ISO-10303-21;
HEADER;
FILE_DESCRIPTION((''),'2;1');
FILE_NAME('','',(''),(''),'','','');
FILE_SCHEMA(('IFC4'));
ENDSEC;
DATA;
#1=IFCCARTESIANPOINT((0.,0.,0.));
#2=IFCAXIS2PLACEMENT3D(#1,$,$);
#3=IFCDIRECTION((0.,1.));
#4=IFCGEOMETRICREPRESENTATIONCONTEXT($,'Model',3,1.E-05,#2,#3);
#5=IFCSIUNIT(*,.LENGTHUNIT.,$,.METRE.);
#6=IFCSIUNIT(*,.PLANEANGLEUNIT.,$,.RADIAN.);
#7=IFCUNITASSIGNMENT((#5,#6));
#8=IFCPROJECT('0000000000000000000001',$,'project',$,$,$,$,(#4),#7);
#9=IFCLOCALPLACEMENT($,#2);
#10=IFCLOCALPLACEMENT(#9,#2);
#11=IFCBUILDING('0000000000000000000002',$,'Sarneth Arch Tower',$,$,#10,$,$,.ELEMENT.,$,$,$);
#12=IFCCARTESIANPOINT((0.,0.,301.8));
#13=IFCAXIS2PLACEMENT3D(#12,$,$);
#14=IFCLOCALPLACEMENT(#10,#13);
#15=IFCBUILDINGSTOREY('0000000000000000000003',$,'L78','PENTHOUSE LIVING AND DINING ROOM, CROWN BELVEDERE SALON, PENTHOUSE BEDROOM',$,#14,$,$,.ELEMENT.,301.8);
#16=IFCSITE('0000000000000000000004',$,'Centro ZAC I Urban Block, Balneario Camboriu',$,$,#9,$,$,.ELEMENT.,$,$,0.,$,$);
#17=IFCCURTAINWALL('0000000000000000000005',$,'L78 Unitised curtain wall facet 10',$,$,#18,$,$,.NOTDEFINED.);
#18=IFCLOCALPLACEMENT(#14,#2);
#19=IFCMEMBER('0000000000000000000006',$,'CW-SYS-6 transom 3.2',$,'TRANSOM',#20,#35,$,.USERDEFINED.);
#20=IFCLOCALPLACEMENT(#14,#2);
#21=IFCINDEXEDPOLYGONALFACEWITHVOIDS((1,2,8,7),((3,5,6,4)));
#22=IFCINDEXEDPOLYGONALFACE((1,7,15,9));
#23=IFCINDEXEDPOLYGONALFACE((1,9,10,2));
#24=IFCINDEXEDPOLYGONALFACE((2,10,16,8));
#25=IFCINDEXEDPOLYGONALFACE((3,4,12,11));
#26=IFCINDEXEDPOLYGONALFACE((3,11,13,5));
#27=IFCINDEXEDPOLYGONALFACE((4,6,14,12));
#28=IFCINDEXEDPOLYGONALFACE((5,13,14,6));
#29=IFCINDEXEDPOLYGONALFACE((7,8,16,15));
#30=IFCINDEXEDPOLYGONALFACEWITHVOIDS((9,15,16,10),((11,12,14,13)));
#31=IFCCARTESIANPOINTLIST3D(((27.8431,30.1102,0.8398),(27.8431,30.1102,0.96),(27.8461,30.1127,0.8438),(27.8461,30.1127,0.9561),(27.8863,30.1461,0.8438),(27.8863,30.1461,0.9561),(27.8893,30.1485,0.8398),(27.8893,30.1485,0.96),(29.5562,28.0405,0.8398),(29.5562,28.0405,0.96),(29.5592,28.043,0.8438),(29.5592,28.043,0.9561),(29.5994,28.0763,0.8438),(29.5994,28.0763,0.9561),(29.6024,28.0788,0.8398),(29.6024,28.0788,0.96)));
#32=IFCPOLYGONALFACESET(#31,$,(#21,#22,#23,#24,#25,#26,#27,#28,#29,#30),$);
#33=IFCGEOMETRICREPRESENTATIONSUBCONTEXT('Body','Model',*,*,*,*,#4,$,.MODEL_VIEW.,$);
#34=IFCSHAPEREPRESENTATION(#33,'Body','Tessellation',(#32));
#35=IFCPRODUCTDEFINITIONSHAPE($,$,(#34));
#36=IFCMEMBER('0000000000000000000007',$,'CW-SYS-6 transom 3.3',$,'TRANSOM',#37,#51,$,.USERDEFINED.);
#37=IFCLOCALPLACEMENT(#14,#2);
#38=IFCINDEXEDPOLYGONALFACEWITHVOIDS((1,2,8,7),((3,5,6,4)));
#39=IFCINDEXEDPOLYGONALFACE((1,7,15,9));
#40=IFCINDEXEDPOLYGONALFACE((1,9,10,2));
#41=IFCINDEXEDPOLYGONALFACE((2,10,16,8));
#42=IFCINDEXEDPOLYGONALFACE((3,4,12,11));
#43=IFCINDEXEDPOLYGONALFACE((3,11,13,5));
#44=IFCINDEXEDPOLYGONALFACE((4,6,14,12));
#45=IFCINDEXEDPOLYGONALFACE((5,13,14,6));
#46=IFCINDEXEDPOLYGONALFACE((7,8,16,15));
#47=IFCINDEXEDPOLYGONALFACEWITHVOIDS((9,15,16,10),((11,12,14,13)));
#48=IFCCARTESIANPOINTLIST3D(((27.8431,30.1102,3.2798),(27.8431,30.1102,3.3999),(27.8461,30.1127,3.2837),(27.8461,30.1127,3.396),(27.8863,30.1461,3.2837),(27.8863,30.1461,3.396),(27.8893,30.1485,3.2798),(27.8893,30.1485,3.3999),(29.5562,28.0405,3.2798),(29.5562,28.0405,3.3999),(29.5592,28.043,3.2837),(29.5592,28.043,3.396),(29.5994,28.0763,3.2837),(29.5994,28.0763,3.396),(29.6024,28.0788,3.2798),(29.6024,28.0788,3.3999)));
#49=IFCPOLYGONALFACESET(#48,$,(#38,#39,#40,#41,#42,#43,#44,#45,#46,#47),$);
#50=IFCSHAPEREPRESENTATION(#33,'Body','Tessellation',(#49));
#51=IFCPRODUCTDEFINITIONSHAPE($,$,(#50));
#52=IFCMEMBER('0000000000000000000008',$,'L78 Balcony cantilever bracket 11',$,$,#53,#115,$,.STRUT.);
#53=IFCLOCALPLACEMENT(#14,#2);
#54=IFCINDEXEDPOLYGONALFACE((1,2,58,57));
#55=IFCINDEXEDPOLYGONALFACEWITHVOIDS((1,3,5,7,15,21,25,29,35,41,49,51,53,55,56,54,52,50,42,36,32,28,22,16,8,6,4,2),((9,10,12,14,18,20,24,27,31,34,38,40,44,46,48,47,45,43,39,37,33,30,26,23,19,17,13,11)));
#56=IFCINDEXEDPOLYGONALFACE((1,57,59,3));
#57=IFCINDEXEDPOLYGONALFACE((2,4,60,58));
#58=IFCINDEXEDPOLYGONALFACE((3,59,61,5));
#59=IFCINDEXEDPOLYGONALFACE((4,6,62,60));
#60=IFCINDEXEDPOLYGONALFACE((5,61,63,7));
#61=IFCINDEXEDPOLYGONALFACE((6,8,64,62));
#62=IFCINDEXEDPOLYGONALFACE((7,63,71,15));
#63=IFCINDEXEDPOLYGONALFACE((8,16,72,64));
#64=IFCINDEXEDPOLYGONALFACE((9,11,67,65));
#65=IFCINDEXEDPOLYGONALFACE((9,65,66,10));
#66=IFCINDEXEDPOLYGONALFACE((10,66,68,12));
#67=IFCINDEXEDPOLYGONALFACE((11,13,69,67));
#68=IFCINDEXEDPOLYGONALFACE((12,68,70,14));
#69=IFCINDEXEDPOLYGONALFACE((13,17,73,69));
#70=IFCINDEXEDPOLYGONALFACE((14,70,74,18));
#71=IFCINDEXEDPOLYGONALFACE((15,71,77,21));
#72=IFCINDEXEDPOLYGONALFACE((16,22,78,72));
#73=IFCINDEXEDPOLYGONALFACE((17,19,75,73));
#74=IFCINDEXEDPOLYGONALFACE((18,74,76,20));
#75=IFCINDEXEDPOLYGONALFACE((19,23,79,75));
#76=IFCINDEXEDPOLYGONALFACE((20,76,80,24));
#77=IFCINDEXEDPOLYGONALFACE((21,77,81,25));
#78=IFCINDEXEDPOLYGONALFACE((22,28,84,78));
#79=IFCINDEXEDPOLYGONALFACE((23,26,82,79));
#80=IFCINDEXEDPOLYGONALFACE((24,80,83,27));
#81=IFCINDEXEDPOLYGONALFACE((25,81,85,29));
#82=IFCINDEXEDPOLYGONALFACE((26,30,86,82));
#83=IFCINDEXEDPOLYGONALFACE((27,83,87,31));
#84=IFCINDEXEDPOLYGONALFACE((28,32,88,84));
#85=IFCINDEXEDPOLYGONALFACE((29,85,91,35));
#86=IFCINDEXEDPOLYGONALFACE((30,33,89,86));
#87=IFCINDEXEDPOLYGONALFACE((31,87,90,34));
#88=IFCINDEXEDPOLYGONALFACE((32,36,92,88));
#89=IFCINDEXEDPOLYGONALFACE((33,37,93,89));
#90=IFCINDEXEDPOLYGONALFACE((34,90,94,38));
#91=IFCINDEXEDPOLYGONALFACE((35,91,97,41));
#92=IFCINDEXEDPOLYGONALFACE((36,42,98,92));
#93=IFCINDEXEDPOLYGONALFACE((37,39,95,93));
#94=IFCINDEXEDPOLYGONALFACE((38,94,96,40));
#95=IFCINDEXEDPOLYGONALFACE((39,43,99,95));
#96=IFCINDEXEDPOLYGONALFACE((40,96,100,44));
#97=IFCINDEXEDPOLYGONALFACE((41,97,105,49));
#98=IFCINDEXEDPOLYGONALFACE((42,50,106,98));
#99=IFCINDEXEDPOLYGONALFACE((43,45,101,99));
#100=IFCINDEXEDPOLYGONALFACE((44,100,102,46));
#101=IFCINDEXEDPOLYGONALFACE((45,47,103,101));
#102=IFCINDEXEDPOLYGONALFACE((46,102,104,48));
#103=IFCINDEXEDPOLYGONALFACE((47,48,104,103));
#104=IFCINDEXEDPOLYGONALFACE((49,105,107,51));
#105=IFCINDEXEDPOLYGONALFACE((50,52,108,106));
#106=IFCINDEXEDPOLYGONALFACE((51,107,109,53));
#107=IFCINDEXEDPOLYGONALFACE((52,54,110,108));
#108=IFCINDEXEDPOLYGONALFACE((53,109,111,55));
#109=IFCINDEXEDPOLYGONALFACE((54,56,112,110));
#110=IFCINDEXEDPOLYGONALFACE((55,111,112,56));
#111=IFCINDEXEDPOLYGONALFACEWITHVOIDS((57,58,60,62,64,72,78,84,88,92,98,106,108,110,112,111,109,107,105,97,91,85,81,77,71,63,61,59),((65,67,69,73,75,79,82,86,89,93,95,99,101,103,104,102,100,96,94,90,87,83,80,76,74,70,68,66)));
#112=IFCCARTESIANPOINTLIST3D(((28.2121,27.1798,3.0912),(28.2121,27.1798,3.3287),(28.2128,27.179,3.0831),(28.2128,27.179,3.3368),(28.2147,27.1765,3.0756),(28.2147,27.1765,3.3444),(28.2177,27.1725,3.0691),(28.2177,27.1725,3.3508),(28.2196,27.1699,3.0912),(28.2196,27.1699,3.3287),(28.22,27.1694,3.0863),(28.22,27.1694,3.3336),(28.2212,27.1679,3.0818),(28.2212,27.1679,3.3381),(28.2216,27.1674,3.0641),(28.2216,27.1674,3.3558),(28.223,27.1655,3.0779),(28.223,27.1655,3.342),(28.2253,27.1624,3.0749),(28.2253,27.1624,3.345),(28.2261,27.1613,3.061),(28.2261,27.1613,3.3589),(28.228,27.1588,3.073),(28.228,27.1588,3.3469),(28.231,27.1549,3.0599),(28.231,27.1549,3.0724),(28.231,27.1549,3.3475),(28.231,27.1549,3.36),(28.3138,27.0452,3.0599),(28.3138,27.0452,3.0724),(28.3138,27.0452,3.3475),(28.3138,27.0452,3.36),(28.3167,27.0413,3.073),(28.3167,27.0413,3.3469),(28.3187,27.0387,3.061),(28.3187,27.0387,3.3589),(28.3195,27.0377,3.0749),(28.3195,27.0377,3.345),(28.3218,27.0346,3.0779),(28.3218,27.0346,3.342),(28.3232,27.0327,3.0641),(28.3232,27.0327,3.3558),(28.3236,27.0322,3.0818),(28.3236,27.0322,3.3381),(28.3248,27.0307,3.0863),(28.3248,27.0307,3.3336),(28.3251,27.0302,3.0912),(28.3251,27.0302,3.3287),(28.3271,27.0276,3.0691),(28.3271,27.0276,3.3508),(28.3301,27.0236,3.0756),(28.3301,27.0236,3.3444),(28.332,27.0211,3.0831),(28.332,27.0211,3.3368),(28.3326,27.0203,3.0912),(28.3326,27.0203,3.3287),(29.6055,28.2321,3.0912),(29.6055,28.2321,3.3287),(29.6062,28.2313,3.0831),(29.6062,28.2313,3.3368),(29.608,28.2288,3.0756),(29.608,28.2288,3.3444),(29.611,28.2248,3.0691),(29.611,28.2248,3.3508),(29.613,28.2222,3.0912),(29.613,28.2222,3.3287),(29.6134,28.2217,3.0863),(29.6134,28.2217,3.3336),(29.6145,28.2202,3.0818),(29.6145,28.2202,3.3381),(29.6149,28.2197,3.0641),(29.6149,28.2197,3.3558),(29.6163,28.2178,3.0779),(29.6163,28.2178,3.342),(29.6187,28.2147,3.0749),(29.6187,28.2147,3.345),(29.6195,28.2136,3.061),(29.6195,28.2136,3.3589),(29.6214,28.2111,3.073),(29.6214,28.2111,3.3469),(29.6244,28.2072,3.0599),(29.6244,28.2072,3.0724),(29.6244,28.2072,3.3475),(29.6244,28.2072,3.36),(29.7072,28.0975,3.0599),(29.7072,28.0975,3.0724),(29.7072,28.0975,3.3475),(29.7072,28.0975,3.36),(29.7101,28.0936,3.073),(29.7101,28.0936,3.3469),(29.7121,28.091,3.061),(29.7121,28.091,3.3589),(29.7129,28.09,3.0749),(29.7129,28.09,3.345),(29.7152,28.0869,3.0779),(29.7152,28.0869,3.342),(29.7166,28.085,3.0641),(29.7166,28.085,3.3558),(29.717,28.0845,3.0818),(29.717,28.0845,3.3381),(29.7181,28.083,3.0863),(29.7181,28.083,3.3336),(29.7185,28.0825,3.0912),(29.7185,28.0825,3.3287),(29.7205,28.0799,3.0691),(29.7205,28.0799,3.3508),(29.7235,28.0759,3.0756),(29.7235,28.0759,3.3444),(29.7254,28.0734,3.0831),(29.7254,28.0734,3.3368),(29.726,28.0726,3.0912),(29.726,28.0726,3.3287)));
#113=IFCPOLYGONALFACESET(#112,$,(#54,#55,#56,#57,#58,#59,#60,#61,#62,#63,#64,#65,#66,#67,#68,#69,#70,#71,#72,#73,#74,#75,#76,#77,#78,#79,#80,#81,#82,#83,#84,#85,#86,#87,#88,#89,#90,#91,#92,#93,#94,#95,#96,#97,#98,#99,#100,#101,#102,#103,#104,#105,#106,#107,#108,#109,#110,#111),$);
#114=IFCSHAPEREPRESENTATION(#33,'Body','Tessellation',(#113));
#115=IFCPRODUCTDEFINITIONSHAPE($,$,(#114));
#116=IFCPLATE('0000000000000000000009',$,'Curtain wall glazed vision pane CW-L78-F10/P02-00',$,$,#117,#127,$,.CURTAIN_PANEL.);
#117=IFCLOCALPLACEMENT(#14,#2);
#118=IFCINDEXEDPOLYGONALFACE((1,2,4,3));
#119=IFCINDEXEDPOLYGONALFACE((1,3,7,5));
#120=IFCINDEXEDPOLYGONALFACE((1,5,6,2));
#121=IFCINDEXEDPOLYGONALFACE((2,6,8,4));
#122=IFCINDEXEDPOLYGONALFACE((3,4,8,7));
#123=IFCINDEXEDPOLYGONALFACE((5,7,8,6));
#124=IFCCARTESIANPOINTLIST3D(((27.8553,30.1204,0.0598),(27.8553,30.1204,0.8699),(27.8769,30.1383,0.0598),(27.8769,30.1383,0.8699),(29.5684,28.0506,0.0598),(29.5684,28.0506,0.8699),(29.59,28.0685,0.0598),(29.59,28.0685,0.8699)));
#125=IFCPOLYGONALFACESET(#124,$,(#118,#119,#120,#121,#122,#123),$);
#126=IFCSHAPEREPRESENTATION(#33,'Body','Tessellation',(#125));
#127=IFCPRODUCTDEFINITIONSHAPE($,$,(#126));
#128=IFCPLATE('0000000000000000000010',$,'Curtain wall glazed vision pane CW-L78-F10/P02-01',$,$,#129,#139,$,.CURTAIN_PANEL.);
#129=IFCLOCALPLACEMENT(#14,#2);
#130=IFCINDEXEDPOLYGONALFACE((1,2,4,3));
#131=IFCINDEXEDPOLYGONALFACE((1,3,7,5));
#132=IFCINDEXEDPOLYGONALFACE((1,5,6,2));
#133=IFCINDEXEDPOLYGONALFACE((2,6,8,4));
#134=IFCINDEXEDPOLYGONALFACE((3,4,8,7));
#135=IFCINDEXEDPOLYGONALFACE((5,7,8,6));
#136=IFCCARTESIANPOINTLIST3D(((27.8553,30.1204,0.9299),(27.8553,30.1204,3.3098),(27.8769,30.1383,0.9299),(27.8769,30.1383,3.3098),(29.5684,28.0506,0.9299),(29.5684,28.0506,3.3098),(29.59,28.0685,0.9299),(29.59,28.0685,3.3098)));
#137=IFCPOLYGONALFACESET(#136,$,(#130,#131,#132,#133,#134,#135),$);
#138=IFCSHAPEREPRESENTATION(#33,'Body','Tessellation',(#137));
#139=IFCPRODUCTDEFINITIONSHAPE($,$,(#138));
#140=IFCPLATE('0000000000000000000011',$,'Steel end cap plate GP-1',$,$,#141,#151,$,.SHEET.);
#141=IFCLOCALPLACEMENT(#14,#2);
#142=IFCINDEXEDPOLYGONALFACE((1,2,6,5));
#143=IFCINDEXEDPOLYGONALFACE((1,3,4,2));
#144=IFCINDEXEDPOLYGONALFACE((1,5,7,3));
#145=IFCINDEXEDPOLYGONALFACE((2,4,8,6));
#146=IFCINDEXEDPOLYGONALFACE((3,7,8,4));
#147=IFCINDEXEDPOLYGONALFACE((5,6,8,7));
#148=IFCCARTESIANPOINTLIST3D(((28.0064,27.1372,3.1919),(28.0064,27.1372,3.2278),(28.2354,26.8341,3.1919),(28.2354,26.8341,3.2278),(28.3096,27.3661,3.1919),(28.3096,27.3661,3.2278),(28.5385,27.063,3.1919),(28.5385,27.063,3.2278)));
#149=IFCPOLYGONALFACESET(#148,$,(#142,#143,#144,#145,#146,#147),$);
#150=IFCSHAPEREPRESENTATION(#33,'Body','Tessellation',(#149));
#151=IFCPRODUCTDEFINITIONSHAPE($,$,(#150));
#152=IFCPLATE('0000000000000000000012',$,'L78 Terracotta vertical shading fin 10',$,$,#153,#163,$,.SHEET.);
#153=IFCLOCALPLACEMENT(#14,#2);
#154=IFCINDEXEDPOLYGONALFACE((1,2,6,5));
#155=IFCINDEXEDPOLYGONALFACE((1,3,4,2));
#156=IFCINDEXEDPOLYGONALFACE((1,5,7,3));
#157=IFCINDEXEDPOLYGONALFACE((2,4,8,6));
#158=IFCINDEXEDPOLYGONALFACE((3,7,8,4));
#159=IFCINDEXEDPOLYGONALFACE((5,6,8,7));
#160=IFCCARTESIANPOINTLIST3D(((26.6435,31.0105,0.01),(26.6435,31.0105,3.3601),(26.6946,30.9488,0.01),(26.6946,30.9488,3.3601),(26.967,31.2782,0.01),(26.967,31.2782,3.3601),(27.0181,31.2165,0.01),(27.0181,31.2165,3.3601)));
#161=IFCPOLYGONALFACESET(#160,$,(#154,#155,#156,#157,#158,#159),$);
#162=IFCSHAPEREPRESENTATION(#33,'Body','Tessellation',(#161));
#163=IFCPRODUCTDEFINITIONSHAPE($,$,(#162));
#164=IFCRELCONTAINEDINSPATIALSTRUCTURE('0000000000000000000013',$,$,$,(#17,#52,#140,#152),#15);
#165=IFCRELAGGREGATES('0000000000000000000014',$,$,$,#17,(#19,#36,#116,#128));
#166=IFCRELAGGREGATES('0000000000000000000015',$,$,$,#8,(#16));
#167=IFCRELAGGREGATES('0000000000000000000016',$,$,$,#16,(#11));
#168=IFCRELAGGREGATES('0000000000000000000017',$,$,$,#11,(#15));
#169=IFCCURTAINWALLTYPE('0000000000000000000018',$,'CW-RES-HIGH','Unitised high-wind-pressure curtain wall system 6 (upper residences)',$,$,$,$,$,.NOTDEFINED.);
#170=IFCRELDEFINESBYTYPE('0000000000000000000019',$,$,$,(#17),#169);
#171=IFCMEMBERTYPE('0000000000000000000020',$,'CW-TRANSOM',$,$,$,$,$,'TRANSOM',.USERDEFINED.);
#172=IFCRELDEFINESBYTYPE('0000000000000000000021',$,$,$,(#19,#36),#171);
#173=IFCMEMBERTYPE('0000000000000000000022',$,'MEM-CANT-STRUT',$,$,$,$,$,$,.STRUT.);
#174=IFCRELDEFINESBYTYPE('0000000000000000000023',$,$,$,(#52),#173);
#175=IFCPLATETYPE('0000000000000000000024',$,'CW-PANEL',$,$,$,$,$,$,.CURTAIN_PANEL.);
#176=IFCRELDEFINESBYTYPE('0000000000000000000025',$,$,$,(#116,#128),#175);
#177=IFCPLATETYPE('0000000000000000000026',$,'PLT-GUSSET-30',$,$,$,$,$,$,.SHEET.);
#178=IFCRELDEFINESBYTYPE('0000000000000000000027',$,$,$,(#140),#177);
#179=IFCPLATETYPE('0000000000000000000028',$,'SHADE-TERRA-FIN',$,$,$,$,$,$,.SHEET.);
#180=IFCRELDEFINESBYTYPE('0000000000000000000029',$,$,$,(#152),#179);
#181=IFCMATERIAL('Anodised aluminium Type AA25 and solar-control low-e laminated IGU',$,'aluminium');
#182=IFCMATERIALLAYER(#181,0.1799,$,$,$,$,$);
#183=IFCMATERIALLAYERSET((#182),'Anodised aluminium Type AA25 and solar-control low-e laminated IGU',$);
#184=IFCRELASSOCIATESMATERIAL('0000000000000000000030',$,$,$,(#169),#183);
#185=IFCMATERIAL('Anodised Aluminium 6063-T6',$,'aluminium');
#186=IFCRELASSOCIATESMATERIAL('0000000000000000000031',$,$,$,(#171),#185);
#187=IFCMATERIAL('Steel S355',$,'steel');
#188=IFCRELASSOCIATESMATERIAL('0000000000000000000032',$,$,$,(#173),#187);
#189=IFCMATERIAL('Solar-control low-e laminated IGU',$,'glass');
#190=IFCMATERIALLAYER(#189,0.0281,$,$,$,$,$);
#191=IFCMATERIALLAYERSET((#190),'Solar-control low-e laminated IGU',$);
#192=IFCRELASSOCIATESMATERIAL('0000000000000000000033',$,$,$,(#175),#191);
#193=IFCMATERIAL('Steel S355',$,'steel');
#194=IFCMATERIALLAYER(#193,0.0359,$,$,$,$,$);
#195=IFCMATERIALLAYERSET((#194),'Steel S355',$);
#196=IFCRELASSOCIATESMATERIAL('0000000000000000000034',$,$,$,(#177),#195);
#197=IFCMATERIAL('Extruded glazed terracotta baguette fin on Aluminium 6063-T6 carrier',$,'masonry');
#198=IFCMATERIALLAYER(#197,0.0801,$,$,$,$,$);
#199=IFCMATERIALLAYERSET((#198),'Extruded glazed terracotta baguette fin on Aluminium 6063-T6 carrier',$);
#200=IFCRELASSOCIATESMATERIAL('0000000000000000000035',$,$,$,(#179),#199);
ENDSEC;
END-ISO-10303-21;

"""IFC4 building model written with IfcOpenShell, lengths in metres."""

from ifc_helpers import new_model, si_unit, direction, frame, origin, origin_2d, place, context, subcontext, project, spatial, rectangle, hollow_rectangle, extrude, material, layer, layer_set, material_profile, profile_set, type_object, element, aggregate, save


model = new_model("IFC4")

# Units and contexts
model_context = context("Model", 3, precision=1e-05, world=origin(), true_north=direction((0.0, 1.0)))
body_context = subcontext(model_context, "Body", "Model", "MODEL_VIEW")
ifc_project = project(units=[si_unit("LENGTHUNIT", "METRE"), si_unit("PLANEANGLEUNIT", "RADIAN")], contexts=[model_context])

# Site, building, storey
site_placement = place(None, origin())
site = spatial("IfcSite", under=ifc_project, at=site_placement, Name="Centro ZAC I Urban Block, Balneario Camboriu", CompositionType="ELEMENT", RefElevation=0.0)
building_placement = place(site_placement, origin())
building = spatial("IfcBuilding", under=site, at=building_placement, Name="Sarneth Arch Tower", CompositionType="ELEMENT")
storey_placement = place(building_placement, frame((0.0, 0.0, 301.8)))
storey = spatial("IfcBuildingStorey", under=building, at=storey_placement, Name="L78", Description="PENTHOUSE LIVING AND DINING ROOM, CROWN BELVEDERE SALON, PENTHOUSE BEDROOM", CompositionType="ELEMENT", Elevation=301.8)

# Curtain wall, members
ifc_material_1 = material(Name="Anodised aluminium Type AA25 and solar-control low-e laminated IGU", Category="aluminium")
ifc_layer_1 = layer(ifc_material_1, 0.1799)
ifc_layer_set_1 = layer_set([ifc_layer_1], Name="Anodised aluminium Type AA25 and solar-control low-e laminated IGU")
curtain_wall_type = type_object("IfcCurtainWallType", Name="CW-RES-HIGH", Description="Unitised high-wind-pressure curtain wall system 6 (upper residences)", PredefinedType="NOTDEFINED", material=ifc_layer_set_1)
curtain_wall_placement = place(storey_placement, origin())
curtain_wall = element("IfcCurtainWall", 1, at=curtain_wall_placement, inside=storey, type_object=curtain_wall_type, Name="L78 Unitised curtain wall facet 10", PredefinedType="NOTDEFINED")
ifc_material_2 = material(Name="Anodised Aluminium 6063-T6", Category="aluminium")
ifc_material_profile_1 = material_profile(ifc_material_2, hollow_rectangle(XDim=0.0601, YDim=0.1201, WallThickness=0.0039, at=origin_2d()), Name="AL-TRAN-120x60x4")
ifc_profile_set_1 = profile_set([ifc_material_profile_1], Name="Anodised Aluminium 6063-T6")
member_type_1 = type_object("IfcMemberType", Name="CW-TRANSOM", ElementType="TRANSOM", PredefinedType="USERDEFINED", material=ifc_profile_set_1)
member_1_placement = place(storey_placement, frame((27.8662, 30.1294, 0.8999), z_axis=(0.637607, -0.770362, 0.0), x_axis=(0.770362, 0.637607, 0.0)))
member_1 = element("IfcMember", 2, at=member_1_placement, type_object=member_type_1, Name="CW-SYS-6 transom 3.2", ObjectType="TRANSOM", PredefinedType="USERDEFINED", context=body_context, shape_type="SweptSolid", body=[
    extrude(hollow_rectangle(XDim=0.0601, YDim=0.1201, WallThickness=0.0039, at=origin_2d()), origin(), (0.0, 0.0, 1.0), 2.6868),
])
member_2_placement = place(storey_placement, frame((27.8662, 30.1294, 3.3398), z_axis=(0.637607, -0.770362, 0.0), x_axis=(0.770362, 0.637607, 0.0)))
member_2 = element("IfcMember", 3, at=member_2_placement, type_object=member_type_1, Name="CW-SYS-6 transom 3.3", ObjectType="TRANSOM", PredefinedType="USERDEFINED", context=body_context, shape_type="SweptSolid", body=[
    extrude(hollow_rectangle(XDim=0.0601, YDim=0.1201, WallThickness=0.0039, at=origin_2d()), origin(), (0.0, 0.0, 1.0), 2.6868),
])

# Member
ifc_material_3 = material(Name="Steel S355", Category="steel")
ifc_material_profile_2 = material_profile(ifc_material_3, hollow_rectangle(XDim=0.2, YDim=0.3, WallThickness=0.0125, InnerFilletRadius=0.0188, OuterFilletRadius=0.0312, at=origin_2d()), Name="RHS300x200x12.5")
ifc_profile_set_2 = profile_set([ifc_material_profile_2], Name="Steel S355")
member_type_2 = type_object("IfcMemberType", Name="MEM-CANT-STRUT", PredefinedType="STRUT", material=ifc_profile_set_2)
member_3_placement = place(storey_placement, frame((29.6658, 28.1523, 3.21), z_axis=(-0.797999, -0.602659, 0.0), x_axis=(0.602659, -0.797999, 0.0)))
element("IfcMember", 4, at=member_3_placement, inside=storey, type_object=member_type_2, Name="L78 Balcony cantilever bracket 11", PredefinedType="STRUT", context=body_context, shape_type="SweptSolid", body=[
    extrude(hollow_rectangle(XDim=0.2, YDim=0.3, WallThickness=0.0125, InnerFilletRadius=0.0188, OuterFilletRadius=0.0312, at=origin_2d()), origin(), (0.0, 0.0, 1.0), 1.7461),
])

# Plates
ifc_material_4 = material(Name="Solar-control low-e laminated IGU", Category="glass")
ifc_layer_2 = layer(ifc_material_4, 0.0281)
ifc_layer_set_2 = layer_set([ifc_layer_2], Name="Solar-control low-e laminated IGU")
plate_type_1 = type_object("IfcPlateType", Name="CW-PANEL", PredefinedType="CURTAIN_PANEL", material=ifc_layer_set_2)
plate_1_placement = place(storey_placement, frame((28.7227, 29.0945, 0.0598), z_axis=(0.0, 0.0, 1.0), x_axis=(0.63761, -0.770359, 0.0)))
plate_1 = element("IfcPlate", 5, at=plate_1_placement, type_object=plate_type_1, Name="Curtain wall glazed vision pane CW-L78-F10/P02-00", PredefinedType="CURTAIN_PANEL", context=body_context, shape_type="SweptSolid", body=[
    extrude(rectangle(XDim=2.6868, YDim=0.0281, at=origin_2d()), origin(), (0.0, 0.0, 1.0), 0.8101),
])
plate_2_placement = place(storey_placement, frame((28.7227, 29.0945, 0.9299), z_axis=(0.0, 0.0, 1.0), x_axis=(0.63761, -0.770359, 0.0)))
plate_2 = element("IfcPlate", 6, at=plate_2_placement, type_object=plate_type_1, Name="Curtain wall glazed vision pane CW-L78-F10/P02-01", PredefinedType="CURTAIN_PANEL", context=body_context, shape_type="SweptSolid", body=[
    extrude(rectangle(XDim=2.6868, YDim=0.0281, at=origin_2d()), origin(), (0.0, 0.0, 1.0), 2.3799),
])
aggregate(curtain_wall, [member_1, member_2, plate_1, plate_2])

# Plates
ifc_material_5 = material(Name="Steel S355", Category="steel")
ifc_layer_3 = layer(ifc_material_5, 0.0359)
ifc_layer_set_3 = layer_set([ifc_layer_3], Name="Steel S355")
plate_type_2 = type_object("IfcPlateType", Name="PLT-GUSSET-30", PredefinedType="SHEET", material=ifc_layer_set_3)
plate_3_placement = place(storey_placement, frame((28.2725, 27.1001, 3.1919), z_axis=(0.0, 0.0, 1.0), x_axis=(-0.798005, -0.602651, 0.0)))
element("IfcPlate", 7, at=plate_3_placement, inside=storey, type_object=plate_type_2, Name="Steel end cap plate GP-1", PredefinedType="SHEET", context=body_context, shape_type="SweptSolid", body=[
    extrude(rectangle(XDim=0.3799, YDim=0.3799, at=origin_2d()), origin(), (0.0, 0.0, 1.0), 0.0359),
])
ifc_material_6 = material(Name="Extruded glazed terracotta baguette fin on Aluminium 6063-T6 carrier", Category="masonry")
ifc_layer_4 = layer(ifc_material_6, 0.0801)
ifc_layer_set_4 = layer_set([ifc_layer_4], Name="Extruded glazed terracotta baguette fin on Aluminium 6063-T6 carrier")
plate_type_3 = type_object("IfcPlateType", Name="SHADE-TERRA-FIN", PredefinedType="SHEET", material=ifc_layer_set_4)
plate_4_placement = place(storey_placement, frame((26.8308, 31.1135, 0.01), z_axis=(0.0, 0.0, 1.0), x_axis=(-0.770402, -0.637558, 0.0)))
element("IfcPlate", 8, at=plate_4_placement, inside=storey, type_object=plate_type_3, Name="L78 Terracotta vertical shading fin 10", PredefinedType="SHEET", context=body_context, shape_type="SweptSolid", body=[
    extrude(rectangle(XDim=0.4199, YDim=0.0801, at=origin_2d()), origin(), (0.0, 0.0, 1.0), 3.3501),
])

save(model, "model.ifc")
